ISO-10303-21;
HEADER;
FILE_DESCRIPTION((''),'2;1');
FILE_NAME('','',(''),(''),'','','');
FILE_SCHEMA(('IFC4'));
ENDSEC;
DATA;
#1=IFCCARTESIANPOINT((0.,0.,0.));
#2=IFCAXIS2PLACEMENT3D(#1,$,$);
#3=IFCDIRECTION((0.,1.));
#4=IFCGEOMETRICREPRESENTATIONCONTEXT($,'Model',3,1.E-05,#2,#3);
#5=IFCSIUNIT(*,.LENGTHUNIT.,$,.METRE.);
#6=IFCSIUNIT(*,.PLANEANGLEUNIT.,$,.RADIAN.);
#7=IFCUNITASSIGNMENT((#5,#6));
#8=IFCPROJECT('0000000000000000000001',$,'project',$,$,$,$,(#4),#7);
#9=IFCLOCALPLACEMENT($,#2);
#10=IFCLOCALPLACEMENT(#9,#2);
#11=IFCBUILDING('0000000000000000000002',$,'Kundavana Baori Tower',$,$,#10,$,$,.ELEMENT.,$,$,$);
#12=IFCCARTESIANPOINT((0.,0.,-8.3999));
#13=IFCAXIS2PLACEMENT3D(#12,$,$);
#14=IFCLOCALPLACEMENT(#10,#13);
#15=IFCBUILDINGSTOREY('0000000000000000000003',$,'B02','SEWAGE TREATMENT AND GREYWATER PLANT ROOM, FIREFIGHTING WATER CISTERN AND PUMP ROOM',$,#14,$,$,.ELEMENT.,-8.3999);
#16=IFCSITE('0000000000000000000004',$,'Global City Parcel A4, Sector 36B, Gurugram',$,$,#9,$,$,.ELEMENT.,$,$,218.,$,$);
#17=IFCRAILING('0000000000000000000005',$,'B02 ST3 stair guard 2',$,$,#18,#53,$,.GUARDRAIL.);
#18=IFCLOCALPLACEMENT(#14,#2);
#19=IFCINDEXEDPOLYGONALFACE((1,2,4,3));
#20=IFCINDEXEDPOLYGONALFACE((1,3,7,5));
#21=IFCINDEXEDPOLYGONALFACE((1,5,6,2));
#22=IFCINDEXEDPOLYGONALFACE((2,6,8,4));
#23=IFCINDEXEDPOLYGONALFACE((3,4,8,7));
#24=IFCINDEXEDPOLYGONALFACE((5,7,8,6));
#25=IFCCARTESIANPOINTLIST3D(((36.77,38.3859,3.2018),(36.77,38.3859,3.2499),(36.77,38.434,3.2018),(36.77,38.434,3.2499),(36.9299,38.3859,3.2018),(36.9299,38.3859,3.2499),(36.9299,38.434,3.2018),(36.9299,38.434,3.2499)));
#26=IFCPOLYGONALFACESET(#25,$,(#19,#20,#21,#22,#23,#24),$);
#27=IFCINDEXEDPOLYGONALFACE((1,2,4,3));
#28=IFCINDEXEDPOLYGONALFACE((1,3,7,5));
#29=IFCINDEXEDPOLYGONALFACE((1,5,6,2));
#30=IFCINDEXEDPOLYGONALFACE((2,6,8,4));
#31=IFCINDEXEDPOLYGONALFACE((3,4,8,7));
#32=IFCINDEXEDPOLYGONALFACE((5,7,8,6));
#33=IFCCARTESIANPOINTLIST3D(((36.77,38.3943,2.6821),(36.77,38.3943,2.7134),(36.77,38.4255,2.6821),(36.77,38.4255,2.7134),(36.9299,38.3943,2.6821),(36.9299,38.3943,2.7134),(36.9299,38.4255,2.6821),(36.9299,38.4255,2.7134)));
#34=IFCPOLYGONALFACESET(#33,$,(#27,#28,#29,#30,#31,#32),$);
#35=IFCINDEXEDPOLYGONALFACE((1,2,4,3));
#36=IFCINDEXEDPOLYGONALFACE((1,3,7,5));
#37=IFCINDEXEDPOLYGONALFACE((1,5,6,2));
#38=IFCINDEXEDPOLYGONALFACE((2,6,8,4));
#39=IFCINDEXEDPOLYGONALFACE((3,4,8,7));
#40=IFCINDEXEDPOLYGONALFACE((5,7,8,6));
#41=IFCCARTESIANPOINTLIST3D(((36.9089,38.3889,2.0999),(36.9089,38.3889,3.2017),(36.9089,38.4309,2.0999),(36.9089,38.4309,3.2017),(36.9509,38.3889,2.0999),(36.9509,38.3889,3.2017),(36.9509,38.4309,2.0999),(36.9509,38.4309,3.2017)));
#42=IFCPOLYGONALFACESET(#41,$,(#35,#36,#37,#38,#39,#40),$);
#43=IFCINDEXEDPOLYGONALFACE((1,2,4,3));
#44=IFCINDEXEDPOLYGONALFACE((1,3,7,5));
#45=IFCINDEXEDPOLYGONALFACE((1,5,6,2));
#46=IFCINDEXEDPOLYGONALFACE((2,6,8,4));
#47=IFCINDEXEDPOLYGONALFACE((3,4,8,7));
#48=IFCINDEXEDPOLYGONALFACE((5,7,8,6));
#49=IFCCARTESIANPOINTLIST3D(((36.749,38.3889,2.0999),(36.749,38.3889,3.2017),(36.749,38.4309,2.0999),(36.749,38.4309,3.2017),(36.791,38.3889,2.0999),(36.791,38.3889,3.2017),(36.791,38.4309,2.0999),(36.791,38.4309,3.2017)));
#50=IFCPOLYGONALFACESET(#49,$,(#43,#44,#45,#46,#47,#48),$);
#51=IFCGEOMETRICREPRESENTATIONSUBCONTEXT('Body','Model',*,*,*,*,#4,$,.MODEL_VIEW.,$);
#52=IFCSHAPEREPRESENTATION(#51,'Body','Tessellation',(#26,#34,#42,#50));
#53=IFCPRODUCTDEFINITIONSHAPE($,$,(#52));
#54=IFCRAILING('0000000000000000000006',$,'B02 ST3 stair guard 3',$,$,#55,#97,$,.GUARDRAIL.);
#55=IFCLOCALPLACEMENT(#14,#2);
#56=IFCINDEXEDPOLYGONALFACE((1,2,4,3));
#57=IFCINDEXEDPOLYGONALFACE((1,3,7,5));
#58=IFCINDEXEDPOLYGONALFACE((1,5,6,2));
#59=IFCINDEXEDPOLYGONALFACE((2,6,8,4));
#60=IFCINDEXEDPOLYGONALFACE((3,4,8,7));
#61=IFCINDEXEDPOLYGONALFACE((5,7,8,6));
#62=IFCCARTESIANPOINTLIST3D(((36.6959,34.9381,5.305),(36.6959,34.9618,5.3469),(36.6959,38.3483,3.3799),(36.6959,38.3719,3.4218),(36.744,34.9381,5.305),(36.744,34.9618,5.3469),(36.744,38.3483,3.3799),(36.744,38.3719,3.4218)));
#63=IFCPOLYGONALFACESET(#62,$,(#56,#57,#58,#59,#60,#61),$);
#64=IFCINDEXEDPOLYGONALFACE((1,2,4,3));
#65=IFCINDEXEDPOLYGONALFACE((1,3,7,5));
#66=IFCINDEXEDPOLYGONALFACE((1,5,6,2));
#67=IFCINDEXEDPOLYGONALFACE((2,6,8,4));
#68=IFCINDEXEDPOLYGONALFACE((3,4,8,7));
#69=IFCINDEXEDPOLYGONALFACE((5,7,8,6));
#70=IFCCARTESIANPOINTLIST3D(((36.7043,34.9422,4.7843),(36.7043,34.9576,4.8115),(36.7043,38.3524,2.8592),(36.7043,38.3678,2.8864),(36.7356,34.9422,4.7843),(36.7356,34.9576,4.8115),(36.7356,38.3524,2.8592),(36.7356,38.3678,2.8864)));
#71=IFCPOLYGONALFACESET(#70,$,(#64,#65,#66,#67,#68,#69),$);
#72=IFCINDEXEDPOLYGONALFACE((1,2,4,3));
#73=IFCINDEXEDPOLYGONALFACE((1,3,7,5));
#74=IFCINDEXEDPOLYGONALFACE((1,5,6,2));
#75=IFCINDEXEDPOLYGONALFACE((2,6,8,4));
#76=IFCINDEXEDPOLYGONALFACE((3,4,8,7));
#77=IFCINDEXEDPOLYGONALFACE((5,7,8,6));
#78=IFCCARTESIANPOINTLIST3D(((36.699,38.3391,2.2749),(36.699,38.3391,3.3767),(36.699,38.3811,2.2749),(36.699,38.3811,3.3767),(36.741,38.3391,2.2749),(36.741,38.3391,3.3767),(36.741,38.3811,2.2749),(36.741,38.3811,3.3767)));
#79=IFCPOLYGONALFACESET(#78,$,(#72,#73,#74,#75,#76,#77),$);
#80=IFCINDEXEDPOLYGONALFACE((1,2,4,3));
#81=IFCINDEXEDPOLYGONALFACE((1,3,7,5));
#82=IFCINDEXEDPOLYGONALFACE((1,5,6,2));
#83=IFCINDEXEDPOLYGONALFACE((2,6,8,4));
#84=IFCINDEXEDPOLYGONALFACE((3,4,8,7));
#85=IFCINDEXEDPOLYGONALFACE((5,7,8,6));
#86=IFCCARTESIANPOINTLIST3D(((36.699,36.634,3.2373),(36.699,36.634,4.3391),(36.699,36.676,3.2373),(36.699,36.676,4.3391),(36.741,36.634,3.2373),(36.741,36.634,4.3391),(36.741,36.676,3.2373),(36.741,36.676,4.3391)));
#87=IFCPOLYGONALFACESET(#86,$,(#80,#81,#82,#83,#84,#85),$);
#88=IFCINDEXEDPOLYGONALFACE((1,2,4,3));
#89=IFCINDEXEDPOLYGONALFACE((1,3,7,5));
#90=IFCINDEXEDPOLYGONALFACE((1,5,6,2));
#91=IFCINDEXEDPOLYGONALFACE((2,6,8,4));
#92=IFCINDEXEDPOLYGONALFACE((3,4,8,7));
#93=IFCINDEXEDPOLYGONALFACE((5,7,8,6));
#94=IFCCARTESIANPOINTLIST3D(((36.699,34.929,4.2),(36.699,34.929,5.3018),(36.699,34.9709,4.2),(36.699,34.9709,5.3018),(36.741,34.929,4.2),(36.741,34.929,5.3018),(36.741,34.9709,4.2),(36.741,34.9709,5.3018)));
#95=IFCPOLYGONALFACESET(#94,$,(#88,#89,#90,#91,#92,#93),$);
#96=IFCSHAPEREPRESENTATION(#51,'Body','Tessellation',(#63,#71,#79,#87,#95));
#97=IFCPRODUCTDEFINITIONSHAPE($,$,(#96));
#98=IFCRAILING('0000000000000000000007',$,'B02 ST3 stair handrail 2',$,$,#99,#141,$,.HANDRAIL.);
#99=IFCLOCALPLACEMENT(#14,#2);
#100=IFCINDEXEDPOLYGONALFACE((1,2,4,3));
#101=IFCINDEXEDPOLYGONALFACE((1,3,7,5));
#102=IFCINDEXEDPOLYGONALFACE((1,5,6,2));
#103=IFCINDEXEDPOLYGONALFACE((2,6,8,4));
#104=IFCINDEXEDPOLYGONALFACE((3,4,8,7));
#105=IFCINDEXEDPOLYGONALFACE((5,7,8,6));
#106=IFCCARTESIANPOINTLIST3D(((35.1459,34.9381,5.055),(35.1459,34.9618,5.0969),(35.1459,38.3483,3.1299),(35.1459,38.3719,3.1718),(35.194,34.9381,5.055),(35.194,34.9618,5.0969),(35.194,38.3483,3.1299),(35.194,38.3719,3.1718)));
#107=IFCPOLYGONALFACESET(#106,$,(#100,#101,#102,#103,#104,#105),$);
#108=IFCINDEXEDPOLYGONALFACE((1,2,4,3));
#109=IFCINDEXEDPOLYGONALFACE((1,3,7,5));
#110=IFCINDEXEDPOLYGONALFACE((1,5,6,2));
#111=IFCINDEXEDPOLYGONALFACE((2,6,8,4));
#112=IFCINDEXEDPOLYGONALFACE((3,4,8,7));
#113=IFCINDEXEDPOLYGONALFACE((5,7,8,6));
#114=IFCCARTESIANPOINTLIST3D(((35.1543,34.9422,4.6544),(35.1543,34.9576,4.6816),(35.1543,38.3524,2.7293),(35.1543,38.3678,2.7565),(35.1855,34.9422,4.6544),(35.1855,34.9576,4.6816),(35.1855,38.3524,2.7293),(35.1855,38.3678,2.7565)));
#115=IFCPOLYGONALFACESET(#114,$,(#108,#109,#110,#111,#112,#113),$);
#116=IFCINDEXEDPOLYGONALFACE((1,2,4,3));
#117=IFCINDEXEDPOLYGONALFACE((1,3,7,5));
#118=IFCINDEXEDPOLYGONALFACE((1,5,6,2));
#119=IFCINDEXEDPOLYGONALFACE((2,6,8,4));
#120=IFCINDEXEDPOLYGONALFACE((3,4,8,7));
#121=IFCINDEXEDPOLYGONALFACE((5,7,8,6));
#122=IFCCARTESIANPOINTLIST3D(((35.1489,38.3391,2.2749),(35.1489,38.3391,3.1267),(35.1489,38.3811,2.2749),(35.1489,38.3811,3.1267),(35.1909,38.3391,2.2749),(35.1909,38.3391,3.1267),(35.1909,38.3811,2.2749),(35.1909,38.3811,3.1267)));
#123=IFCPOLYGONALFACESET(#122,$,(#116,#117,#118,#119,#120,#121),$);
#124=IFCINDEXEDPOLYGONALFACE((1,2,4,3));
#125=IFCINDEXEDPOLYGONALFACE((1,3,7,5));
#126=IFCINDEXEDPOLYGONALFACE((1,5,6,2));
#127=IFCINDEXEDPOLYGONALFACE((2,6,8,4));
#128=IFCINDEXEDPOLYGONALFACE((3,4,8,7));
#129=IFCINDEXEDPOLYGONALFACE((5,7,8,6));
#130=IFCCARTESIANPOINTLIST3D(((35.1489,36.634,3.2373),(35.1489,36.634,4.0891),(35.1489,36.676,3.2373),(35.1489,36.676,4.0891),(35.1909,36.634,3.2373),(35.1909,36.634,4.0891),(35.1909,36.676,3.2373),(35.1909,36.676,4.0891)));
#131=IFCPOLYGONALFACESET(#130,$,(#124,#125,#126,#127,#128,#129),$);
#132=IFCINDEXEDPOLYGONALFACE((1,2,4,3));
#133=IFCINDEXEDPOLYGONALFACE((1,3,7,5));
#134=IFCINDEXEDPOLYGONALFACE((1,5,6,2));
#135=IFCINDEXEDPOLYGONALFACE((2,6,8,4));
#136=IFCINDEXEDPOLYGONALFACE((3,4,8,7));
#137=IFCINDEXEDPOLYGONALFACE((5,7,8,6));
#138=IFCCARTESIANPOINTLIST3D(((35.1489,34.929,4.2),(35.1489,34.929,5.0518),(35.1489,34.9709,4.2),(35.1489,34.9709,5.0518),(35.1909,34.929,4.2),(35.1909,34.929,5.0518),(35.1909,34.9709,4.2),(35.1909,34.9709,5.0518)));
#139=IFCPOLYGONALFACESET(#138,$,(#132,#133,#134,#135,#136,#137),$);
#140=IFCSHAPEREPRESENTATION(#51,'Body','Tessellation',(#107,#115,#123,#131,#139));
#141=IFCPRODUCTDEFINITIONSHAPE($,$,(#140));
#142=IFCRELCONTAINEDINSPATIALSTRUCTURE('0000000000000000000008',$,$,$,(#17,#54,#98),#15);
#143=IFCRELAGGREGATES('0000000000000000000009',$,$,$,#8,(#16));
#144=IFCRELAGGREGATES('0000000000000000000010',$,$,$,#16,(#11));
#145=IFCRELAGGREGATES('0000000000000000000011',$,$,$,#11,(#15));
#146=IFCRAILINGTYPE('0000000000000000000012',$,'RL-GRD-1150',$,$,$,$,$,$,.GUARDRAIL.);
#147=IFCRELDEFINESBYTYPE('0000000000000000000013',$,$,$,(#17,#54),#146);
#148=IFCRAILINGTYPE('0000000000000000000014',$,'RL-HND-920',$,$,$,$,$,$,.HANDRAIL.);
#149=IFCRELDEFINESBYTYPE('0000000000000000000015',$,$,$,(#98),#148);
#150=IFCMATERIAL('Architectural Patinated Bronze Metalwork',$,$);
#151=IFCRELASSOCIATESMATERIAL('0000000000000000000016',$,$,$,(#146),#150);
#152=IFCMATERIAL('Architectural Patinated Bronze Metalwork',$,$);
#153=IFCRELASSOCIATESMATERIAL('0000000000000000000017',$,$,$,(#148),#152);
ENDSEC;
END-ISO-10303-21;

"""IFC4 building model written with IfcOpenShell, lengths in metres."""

from ifc_helpers import new_model, si_unit, direction, frame, origin, origin_2d, place, context, subcontext, project, spatial, rectangle, extrude, material, type_object, element, save


model = new_model("IFC4")

# Units and contexts
model_context = context("Model", 3, precision=1e-05, world=origin(), true_north=direction((0.0, 1.0)))
body_context = subcontext(model_context, "Body", "Model", "MODEL_VIEW")
ifc_project = project(units=[si_unit("LENGTHUNIT", "METRE"), si_unit("PLANEANGLEUNIT", "RADIAN")], contexts=[model_context])

# Site, building, storey
site_placement = place(None, origin())
site = spatial("IfcSite", under=ifc_project, at=site_placement, Name="Global City Parcel A4, Sector 36B, Gurugram", CompositionType="ELEMENT", RefElevation=218.0)
building_placement = place(site_placement, origin())
building = spatial("IfcBuilding", under=site, at=building_placement, Name="Kundavana Baori Tower", CompositionType="ELEMENT")
storey_placement = place(building_placement, frame((0.0, 0.0, -8.3999)))
storey = spatial("IfcBuildingStorey", under=building, at=storey_placement, Name="B02", Description="SEWAGE TREATMENT AND GREYWATER PLANT ROOM, FIREFIGHTING WATER CISTERN AND PUMP ROOM", CompositionType="ELEMENT", Elevation=-8.3999)

# Railings
ifc_material_1 = material(Name="Architectural Patinated Bronze Metalwork")
railing_type_1 = type_object("IfcRailingType", Name="RL-GRD-1150", PredefinedType="GUARDRAIL", material=ifc_material_1)
railing_1_placement = place(storey_placement, frame((36.9299, 38.4099, 2.0999)))
element("IfcRailing", 1, at=railing_1_placement, inside=storey, type_object=railing_type_1, Name="B02 ST3 stair guard 2", PredefinedType="GUARDRAIL", context=body_context, shape_type="SweptSolid", body=[
    extrude(rectangle(XDim=0.0481, YDim=0.0481, at=origin_2d()), frame((0.0, 0.0, 1.126), z_axis=(-1.0, 0.0, 0.0), x_axis=(0.0, -1.0, 0.0)), (0.0, 0.0, 1.0), 0.1599),
    extrude(rectangle(XDim=0.0312, YDim=0.0312, at=origin_2d()), frame((0.0, 0.0, 0.5979), z_axis=(-1.0, 0.0, 0.0), x_axis=(0.0, -1.0, 0.0)), (0.0, 0.0, 1.0), 0.1599),
    extrude(rectangle(XDim=0.042, YDim=0.042, at=origin_2d()), origin(), (0.0, 0.0, 1.0), 1.1018),
    extrude(rectangle(XDim=0.042, YDim=0.042, at=origin_2d()), frame((-0.1599, 0.0, 0.0)), (0.0, 0.0, 1.0), 1.1018),
])
railing_2_placement = place(storey_placement, frame((36.72, 38.3601, 2.2749)))
element("IfcRailing", 2, at=railing_2_placement, inside=storey, type_object=railing_type_1, Name="B02 ST3 stair guard 3", PredefinedType="GUARDRAIL", context=body_context, shape_type="SweptSolid", body=[
    extrude(rectangle(XDim=0.0481, YDim=0.0481, at=origin_2d()), frame((0.0, 0.0, 1.126), z_axis=(0.0, -0.870829, 0.491587), x_axis=(1.0, 0.0, 0.0)), (0.0, 0.0, 1.0), 3.916),
    extrude(rectangle(XDim=0.0312, YDim=0.0312, at=origin_2d()), frame((0.0, 0.0, 0.5979), z_axis=(0.0, -0.870829, 0.491587), x_axis=(1.0, 0.0, 0.0)), (0.0, 0.0, 1.0), 3.916),
    extrude(rectangle(XDim=0.042, YDim=0.042, at=origin_2d()), origin(), (0.0, 0.0, 1.0), 1.1018),
    extrude(rectangle(XDim=0.042, YDim=0.042, at=origin_2d()), frame((0.0, -1.7051, 0.9624)), (0.0, 0.0, 1.0), 1.1018),
    extrude(rectangle(XDim=0.042, YDim=0.042, at=origin_2d()), frame((0.0, -3.4102, 1.925)), (0.0, 0.0, 1.0), 1.1018),
])
ifc_material_2 = material(Name="Architectural Patinated Bronze Metalwork")
railing_type_2 = type_object("IfcRailingType", Name="RL-HND-920", PredefinedType="HANDRAIL", material=ifc_material_2)
railing_3_placement = place(storey_placement, frame((35.1699, 38.3601, 2.2749)))
element("IfcRailing", 3, at=railing_3_placement, inside=storey, type_object=railing_type_2, Name="B02 ST3 stair handrail 2", PredefinedType="HANDRAIL", context=body_context, shape_type="SweptSolid", body=[
    extrude(rectangle(XDim=0.0481, YDim=0.0481, at=origin_2d()), frame((0.0, 0.0, 0.876), z_axis=(0.0, -0.870829, 0.491587), x_axis=(1.0, 0.0, 0.0)), (0.0, 0.0, 1.0), 3.916),
    extrude(rectangle(XDim=0.0312, YDim=0.0312, at=origin_2d()), frame((0.0, 0.0, 0.468), z_axis=(0.0, -0.870829, 0.491587), x_axis=(1.0, 0.0, 0.0)), (0.0, 0.0, 1.0), 3.916),
    extrude(rectangle(XDim=0.042, YDim=0.042, at=origin_2d()), origin(), (0.0, 0.0, 1.0), 0.8518),
    extrude(rectangle(XDim=0.042, YDim=0.042, at=origin_2d()), frame((0.0, -1.7051, 0.9624)), (0.0, 0.0, 1.0), 0.8518),
    extrude(rectangle(XDim=0.042, YDim=0.042, at=origin_2d()), frame((0.0, -3.4102, 1.925)), (0.0, 0.0, 1.0), 0.8518),
])

save(model, "model.ifc")
